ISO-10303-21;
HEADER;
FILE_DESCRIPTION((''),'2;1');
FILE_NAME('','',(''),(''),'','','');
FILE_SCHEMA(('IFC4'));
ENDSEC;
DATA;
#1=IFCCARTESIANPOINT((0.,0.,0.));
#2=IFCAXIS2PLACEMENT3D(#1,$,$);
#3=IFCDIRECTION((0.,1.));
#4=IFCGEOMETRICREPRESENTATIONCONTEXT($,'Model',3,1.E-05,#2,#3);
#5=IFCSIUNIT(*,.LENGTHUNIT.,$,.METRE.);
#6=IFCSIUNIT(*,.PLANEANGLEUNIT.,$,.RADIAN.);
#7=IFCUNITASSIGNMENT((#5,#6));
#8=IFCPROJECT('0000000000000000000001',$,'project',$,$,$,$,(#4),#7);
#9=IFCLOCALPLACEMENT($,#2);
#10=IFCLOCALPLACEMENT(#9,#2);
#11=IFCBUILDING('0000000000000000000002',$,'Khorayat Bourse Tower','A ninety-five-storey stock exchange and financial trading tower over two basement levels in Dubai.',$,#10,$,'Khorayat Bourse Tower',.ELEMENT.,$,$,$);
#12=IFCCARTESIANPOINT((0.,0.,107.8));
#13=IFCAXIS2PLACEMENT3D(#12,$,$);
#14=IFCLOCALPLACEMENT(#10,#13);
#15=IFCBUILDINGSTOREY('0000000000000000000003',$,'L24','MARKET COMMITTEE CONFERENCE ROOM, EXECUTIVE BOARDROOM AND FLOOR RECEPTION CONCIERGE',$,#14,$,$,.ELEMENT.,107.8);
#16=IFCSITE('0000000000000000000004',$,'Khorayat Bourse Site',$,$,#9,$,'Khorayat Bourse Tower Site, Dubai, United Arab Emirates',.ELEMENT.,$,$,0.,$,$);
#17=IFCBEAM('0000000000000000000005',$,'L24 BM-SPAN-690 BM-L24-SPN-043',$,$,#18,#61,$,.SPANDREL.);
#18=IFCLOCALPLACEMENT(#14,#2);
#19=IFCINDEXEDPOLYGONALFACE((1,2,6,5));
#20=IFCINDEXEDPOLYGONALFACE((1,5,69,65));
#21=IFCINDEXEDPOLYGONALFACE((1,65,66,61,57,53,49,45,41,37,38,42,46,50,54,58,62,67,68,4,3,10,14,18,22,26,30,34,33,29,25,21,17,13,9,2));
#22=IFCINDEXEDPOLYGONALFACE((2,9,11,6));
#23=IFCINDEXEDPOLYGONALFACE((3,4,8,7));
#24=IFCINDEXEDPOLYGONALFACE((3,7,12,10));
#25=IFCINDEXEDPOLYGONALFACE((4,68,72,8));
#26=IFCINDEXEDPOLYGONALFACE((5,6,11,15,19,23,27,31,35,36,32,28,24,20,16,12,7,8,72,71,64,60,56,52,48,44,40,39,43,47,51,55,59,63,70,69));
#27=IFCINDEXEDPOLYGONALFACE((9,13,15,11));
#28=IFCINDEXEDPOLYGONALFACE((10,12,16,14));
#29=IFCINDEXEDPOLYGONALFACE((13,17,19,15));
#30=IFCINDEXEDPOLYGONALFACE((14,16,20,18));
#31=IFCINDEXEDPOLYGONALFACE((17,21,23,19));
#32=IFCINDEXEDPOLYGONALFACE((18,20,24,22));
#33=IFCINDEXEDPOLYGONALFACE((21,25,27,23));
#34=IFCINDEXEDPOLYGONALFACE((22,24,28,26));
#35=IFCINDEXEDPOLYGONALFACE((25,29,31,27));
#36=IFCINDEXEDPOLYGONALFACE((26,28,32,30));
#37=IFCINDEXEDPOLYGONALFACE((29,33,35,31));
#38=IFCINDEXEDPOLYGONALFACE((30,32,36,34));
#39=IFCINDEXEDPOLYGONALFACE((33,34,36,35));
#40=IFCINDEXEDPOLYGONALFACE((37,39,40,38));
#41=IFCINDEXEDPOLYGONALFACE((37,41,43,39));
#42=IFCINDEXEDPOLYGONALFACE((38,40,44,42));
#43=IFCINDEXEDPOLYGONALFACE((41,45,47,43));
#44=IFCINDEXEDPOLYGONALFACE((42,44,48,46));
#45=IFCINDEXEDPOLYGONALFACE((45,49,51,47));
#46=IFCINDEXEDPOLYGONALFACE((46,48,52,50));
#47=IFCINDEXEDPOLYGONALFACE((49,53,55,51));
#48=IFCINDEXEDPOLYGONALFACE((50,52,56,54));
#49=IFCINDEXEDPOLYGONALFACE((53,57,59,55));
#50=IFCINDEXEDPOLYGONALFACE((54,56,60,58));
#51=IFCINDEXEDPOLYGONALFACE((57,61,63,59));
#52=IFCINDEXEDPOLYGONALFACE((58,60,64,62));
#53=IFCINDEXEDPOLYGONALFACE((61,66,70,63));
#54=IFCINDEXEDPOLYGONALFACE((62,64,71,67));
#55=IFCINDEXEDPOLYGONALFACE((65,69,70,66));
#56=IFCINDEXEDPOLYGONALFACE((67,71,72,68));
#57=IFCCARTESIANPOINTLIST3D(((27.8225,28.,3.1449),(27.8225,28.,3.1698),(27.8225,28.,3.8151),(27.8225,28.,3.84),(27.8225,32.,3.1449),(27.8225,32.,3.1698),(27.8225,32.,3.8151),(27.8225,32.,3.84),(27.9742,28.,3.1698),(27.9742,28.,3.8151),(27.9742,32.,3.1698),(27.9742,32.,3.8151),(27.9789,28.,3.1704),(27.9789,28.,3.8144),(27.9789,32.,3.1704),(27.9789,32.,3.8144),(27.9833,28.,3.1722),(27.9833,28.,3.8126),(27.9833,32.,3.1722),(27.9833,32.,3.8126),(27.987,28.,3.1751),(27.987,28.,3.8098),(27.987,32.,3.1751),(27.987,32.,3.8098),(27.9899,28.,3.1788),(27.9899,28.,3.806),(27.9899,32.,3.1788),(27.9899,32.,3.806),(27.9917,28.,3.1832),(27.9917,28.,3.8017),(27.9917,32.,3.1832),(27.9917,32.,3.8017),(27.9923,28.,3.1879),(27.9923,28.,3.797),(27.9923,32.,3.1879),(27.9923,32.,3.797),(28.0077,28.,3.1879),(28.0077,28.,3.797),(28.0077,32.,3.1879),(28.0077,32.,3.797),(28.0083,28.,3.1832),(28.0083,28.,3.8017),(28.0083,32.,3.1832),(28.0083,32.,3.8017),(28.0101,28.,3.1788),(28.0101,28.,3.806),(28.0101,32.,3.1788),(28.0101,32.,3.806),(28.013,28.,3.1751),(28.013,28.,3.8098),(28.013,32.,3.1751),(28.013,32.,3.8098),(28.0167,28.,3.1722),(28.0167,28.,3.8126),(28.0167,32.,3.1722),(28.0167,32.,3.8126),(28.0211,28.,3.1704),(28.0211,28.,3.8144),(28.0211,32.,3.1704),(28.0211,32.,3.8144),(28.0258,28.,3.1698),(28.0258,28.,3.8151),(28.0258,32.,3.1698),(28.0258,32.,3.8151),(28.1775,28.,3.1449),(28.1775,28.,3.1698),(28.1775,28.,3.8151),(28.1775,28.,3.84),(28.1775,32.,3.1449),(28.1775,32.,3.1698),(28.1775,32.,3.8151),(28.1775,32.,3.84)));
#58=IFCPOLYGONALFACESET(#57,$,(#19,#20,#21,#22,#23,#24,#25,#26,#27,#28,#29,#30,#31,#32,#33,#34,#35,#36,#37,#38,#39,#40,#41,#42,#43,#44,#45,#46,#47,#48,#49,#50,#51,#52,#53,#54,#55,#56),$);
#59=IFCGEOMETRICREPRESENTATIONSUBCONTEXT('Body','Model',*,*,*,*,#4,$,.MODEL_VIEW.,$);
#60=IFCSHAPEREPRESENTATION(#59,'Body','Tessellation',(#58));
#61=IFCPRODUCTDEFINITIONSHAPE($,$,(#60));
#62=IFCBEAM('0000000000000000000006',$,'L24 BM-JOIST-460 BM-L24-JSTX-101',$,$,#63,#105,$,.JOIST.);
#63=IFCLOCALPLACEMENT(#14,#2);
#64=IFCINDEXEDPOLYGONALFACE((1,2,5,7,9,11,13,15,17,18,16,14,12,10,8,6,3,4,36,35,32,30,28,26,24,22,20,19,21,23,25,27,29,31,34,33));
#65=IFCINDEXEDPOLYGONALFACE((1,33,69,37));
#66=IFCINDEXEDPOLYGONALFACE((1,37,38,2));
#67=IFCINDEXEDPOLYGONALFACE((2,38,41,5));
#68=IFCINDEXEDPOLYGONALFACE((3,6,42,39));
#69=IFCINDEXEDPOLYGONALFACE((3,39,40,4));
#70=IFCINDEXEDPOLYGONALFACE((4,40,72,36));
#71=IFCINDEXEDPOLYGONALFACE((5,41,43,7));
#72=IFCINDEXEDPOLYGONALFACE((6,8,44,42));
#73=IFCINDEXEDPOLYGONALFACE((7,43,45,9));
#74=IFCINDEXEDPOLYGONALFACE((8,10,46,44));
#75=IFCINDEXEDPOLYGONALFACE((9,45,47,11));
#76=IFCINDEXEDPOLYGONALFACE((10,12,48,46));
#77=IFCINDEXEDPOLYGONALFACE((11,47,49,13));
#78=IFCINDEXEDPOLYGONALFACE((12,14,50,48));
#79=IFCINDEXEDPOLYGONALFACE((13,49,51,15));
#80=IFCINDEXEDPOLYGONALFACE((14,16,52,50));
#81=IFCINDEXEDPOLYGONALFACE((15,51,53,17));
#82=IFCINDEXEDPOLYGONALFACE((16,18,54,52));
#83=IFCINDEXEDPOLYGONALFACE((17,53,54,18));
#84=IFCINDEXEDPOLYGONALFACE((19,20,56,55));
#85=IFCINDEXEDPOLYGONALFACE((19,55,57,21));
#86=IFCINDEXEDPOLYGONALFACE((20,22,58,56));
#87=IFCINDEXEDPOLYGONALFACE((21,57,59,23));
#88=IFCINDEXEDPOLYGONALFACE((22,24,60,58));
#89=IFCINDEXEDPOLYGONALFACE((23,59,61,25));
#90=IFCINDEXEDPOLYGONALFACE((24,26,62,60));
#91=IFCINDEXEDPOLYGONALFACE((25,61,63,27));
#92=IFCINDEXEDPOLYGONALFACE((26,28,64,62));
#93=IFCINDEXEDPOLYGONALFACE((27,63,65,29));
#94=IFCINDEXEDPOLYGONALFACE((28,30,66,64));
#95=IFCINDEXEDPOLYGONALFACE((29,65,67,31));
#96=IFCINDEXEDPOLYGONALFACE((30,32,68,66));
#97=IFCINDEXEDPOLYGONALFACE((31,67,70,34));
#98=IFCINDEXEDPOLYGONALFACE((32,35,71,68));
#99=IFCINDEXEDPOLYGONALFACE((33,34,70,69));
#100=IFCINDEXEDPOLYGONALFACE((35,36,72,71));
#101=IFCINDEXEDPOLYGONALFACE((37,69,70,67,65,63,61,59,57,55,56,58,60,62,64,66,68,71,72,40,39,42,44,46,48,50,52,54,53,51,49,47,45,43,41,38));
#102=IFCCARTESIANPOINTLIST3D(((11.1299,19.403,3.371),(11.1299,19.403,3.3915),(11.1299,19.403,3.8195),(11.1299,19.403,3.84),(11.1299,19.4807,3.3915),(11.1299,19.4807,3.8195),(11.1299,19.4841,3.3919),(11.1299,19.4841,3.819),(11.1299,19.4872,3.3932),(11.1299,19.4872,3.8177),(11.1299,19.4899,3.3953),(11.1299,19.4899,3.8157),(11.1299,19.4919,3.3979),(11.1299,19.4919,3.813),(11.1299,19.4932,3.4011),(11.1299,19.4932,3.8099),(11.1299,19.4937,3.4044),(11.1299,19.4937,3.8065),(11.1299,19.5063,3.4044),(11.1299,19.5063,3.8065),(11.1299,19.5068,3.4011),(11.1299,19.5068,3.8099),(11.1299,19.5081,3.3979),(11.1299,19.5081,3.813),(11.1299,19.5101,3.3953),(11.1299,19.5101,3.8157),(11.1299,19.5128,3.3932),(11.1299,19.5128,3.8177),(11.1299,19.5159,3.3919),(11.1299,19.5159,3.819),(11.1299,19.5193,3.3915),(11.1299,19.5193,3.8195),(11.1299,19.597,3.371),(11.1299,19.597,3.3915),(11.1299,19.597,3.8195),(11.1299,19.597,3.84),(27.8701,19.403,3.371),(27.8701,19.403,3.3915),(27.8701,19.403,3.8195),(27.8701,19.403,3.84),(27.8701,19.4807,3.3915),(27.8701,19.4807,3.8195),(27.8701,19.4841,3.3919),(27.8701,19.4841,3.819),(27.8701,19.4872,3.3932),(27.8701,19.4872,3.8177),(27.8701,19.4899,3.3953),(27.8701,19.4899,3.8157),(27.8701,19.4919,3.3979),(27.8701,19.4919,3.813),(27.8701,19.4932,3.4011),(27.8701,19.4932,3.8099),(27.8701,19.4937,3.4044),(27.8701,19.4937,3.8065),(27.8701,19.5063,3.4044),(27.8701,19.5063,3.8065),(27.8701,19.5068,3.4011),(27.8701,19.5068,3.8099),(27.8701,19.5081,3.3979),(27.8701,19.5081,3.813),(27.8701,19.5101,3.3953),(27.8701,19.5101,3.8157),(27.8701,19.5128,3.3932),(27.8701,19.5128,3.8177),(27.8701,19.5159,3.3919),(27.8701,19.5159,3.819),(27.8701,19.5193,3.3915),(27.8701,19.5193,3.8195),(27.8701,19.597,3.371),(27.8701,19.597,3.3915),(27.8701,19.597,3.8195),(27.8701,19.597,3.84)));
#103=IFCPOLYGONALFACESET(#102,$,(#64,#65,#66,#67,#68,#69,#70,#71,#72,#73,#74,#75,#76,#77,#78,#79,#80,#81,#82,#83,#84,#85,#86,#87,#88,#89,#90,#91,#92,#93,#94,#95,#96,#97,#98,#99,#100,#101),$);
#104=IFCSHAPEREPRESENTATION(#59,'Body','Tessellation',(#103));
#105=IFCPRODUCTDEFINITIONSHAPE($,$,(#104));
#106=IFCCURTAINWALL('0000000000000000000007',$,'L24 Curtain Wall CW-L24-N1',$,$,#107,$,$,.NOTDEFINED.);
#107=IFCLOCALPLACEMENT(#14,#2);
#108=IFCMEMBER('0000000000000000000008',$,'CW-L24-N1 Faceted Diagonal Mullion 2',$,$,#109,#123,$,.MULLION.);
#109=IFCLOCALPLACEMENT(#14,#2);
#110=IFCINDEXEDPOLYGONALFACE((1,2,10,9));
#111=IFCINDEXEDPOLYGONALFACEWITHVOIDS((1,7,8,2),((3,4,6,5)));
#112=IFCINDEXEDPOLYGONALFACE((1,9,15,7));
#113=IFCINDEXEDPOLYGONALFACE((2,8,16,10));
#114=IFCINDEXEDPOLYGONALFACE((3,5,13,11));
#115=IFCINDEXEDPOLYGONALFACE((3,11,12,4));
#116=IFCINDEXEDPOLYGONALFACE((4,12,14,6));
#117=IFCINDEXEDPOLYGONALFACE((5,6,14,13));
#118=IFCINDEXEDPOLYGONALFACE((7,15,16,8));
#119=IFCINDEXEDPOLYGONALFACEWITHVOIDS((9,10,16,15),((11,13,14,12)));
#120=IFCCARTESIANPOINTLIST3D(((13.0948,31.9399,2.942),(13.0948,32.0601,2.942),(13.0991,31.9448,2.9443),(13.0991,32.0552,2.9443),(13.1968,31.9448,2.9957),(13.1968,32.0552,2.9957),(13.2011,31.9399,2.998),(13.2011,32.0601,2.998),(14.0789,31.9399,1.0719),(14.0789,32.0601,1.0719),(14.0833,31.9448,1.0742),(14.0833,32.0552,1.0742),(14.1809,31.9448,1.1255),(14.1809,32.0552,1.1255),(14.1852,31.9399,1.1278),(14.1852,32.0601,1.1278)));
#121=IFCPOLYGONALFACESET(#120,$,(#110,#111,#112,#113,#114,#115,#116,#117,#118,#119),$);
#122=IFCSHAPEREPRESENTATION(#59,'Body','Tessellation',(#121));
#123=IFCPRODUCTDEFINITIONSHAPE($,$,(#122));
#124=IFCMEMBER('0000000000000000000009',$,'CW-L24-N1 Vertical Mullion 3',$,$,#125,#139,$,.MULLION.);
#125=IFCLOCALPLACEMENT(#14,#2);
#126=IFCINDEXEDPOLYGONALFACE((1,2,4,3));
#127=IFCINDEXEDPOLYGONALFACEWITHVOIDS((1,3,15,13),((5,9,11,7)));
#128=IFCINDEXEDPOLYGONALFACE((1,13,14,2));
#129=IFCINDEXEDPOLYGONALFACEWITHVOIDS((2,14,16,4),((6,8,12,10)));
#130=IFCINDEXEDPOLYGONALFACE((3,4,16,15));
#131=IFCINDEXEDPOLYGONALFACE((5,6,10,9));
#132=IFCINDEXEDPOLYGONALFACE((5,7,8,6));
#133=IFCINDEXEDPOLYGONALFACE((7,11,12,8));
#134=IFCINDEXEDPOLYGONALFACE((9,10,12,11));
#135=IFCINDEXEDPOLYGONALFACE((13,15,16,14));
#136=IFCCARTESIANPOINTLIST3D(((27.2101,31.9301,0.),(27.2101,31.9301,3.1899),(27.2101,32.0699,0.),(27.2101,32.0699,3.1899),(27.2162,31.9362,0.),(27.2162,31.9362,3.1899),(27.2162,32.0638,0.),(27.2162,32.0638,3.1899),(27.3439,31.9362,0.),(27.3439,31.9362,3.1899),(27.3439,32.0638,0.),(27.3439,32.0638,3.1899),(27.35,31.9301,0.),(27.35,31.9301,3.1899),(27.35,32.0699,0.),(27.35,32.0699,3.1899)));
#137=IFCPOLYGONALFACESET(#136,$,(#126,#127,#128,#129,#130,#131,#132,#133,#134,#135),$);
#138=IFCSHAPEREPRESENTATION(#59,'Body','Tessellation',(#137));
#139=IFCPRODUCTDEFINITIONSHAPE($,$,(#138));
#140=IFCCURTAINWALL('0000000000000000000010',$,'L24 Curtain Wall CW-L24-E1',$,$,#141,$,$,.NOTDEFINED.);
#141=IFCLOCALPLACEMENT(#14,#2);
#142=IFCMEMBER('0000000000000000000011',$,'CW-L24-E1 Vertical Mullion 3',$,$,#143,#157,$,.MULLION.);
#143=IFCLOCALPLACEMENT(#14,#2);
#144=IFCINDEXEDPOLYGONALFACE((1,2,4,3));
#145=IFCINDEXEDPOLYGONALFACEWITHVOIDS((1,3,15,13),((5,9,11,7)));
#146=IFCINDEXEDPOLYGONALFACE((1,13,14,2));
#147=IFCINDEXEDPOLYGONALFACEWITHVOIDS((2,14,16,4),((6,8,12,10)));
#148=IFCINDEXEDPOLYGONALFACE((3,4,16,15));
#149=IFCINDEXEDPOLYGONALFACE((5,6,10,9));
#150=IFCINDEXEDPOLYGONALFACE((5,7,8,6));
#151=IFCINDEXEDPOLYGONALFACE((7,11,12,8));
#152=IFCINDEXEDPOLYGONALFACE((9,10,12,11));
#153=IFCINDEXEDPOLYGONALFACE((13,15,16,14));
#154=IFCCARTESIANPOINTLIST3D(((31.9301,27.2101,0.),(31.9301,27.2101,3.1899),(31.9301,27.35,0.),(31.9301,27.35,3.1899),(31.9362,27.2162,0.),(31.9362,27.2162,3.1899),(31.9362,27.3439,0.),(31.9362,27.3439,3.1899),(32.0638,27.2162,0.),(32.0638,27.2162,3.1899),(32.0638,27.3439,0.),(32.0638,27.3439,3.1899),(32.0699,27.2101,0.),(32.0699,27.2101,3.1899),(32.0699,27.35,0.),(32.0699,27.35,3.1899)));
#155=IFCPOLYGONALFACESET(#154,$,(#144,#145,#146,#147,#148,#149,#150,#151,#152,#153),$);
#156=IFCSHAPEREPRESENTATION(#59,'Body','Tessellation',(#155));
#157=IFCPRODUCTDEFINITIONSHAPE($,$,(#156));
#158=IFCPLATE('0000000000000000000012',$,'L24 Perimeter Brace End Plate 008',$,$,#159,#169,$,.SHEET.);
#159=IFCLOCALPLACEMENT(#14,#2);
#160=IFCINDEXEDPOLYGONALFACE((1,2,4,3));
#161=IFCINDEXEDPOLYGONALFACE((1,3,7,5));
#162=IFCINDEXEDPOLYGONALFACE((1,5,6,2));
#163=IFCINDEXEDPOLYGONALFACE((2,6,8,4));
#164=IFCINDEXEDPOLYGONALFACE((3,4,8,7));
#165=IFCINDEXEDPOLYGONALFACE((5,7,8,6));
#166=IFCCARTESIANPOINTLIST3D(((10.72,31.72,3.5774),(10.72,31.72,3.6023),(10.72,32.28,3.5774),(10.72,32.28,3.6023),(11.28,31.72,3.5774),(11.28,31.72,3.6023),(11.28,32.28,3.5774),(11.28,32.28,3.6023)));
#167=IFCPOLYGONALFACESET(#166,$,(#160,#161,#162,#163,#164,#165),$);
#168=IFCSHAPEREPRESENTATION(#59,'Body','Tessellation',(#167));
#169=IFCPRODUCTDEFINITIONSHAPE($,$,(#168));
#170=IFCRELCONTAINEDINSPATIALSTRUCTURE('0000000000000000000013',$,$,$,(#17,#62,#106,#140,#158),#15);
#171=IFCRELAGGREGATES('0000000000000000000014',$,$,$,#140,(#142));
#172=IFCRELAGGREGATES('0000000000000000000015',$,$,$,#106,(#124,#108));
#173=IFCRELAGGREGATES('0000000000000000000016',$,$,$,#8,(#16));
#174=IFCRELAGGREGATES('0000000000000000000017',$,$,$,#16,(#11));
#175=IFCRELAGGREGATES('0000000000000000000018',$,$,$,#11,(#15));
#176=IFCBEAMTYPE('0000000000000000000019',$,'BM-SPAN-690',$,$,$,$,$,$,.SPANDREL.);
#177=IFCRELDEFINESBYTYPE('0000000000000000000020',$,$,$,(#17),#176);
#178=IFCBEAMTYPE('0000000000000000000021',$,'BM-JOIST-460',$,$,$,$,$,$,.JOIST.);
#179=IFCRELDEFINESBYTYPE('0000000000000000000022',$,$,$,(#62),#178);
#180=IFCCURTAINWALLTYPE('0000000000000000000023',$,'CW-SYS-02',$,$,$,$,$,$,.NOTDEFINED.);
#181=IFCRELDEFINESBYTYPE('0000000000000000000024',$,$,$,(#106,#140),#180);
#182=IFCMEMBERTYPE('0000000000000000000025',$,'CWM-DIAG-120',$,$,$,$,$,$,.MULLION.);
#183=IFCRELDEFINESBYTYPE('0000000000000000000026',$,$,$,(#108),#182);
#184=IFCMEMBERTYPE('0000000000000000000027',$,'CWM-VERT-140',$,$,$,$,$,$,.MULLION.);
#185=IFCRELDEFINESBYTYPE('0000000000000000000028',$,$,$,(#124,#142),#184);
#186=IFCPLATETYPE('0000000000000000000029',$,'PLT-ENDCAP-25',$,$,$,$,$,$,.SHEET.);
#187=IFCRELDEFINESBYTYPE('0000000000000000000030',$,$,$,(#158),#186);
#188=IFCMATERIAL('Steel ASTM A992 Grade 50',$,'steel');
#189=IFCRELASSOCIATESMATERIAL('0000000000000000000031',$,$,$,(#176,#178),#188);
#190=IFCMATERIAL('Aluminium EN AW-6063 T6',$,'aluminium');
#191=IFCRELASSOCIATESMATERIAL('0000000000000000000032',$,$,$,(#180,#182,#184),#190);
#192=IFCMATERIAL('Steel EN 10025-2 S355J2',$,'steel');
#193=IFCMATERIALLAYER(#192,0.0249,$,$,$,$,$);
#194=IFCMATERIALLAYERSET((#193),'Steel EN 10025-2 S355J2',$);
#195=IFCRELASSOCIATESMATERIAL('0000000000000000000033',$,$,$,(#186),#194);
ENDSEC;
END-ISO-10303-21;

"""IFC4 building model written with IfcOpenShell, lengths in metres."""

from ifc_helpers import new_model, si_unit, direction, frame, origin, origin_2d, place, context, subcontext, project, spatial, rectangle, hollow_rectangle, i_section, extrude, source, transform, mapped, material, layer, layer_set, material_profile, profile_set, type_object, element, aggregate, save


model = new_model("IFC4")

# Units and contexts
model_context = context("Model", 3, precision=1e-05, world=origin(), true_north=direction((0.0, 1.0)))
body_context = subcontext(model_context, "Body", "Model", "MODEL_VIEW")
ifc_project = project(units=[si_unit("LENGTHUNIT", "METRE"), si_unit("PLANEANGLEUNIT", "RADIAN")], contexts=[model_context])

# Site, building, storey
site_placement = place(None, origin())
site = spatial("IfcSite", under=ifc_project, at=site_placement, Name="Khorayat Bourse Site", LongName="Khorayat Bourse Tower Site, Dubai, United Arab Emirates", CompositionType="ELEMENT", RefElevation=0.0)
building_placement = place(site_placement, origin())
building = spatial("IfcBuilding", under=site, at=building_placement, Name="Khorayat Bourse Tower", Description="A ninety-five-storey stock exchange and financial trading tower over two basement levels in Dubai.", LongName="Khorayat Bourse Tower", CompositionType="ELEMENT")
storey_placement = place(building_placement, frame((0.0, 0.0, 107.8)))
storey = spatial("IfcBuildingStorey", under=building, at=storey_placement, Name="L24", Description="MARKET COMMITTEE CONFERENCE ROOM, EXECUTIVE BOARDROOM AND FLOOR RECEPTION CONCIERGE", CompositionType="ELEMENT", Elevation=107.8)

# Beams
ifc_material_1 = material(Name="Steel ASTM A992 Grade 50", Category="steel")
ifc_material_profile_1 = material_profile(ifc_material_1, i_section(OverallWidth=0.355, OverallDepth=0.6951, WebThickness=0.0154, FlangeThickness=0.0249, FilletRadius=0.0181, at=origin_2d()), Name="W690X217")
ifc_profile_set_1 = profile_set([ifc_material_profile_1], Name="Steel ASTM A992 Grade 50")
beam_type_1 = type_object("IfcBeamType", Name="BM-SPAN-690", PredefinedType="SPANDREL", material=ifc_profile_set_1)
shared_shape_1 = source(origin(), body_context, "Body", "SweptSolid", [
    extrude(i_section(OverallWidth=0.355, OverallDepth=0.6951, WebThickness=0.0154, FlangeThickness=0.0249, FilletRadius=0.0181, at=origin_2d()), origin(), (0.0, 0.0, 1.0), 4.0),
])
for number, where, z_axis, x_axis, name in (
    (1, (28.0, 28.0, 3.4924), (0.0, 1.0, 0.0), (-1.0, 0.0, 0.0), "L24 BM-SPAN-690 BM-L24-SPN-043"),
):
    element("IfcBeam", number, at=place(storey_placement, frame(where, z_axis=z_axis, x_axis=x_axis)), inside=storey, type_object=beam_type_1, Name=name, PredefinedType="SPANDREL", context=body_context, shape_type="MappedRepresentation", body=[
        mapped(shared_shape_1, transform((0.0, 0.0, 0.0), scale=1.0)),
    ])
ifc_material_profile_2 = material_profile(ifc_material_1, i_section(OverallWidth=0.1941, OverallDepth=0.469, WebThickness=0.0127, FlangeThickness=0.0205, FilletRadius=0.0129, at=origin_2d()), Name="W460X106")
ifc_profile_set_2 = profile_set([ifc_material_profile_2], Name="Steel ASTM A992 Grade 50")
beam_type_2 = type_object("IfcBeamType", Name="BM-JOIST-460", PredefinedType="JOIST", material=ifc_profile_set_2)
shared_shape_2 = source(origin(), body_context, "Body", "SweptSolid", [
    extrude(i_section(OverallWidth=0.1941, OverallDepth=0.469, WebThickness=0.0127, FlangeThickness=0.0205, FilletRadius=0.0129, at=origin_2d()), origin(), (0.0, 0.0, 1.0), 16.7402),
])
beam_1_placement = place(storey_placement, frame((11.1299, 19.5, 3.6055), z_axis=(1.0, 0.0, 0.0), x_axis=(0.0, 1.0, 0.0)))
element("IfcBeam", 2, at=beam_1_placement, inside=storey, type_object=beam_type_2, Name="L24 BM-JOIST-460 BM-L24-JSTX-101", PredefinedType="JOIST", context=body_context, shape_type="MappedRepresentation", body=[
    mapped(shared_shape_2, transform((0.0, 0.0, 0.0), scale=1.0)),
])

# Curtain wall, members
ifc_material_2 = material(Name="Aluminium EN AW-6063 T6", Category="aluminium")
curtain_wall_type = type_object("IfcCurtainWallType", Name="CW-SYS-02", PredefinedType="NOTDEFINED", material=ifc_material_2)
curtain_wall_1_placement = place(storey_placement, origin())
curtain_wall_1 = element("IfcCurtainWall", 3, at=curtain_wall_1_placement, inside=storey, type_object=curtain_wall_type, Name="L24 Curtain Wall CW-L24-N1", PredefinedType="NOTDEFINED")
ifc_material_profile_3 = material_profile(ifc_material_2, hollow_rectangle(XDim=0.1201, YDim=0.1201, WallThickness=0.0049, at=origin_2d()), Name="ALU 120x120x5")
ifc_profile_set_3 = profile_set([ifc_material_profile_3], Name="Aluminium EN AW-6063 T6")
member_type_1 = type_object("IfcMemberType", Name="CWM-DIAG-120", PredefinedType="MULLION", material=ifc_profile_set_3)
shared_shape_3 = source(origin(), body_context, "Body", "SweptSolid", [
    extrude(hollow_rectangle(XDim=0.1201, YDim=0.1201, WallThickness=0.0049, at=origin_2d()), origin(), (0.0, 0.0, 1.0), 2.1133),
])
member_1_placement = place(storey_placement, frame((14.1321, 32.0, 1.0999), z_axis=(-0.465694, 0.0, 0.884946), x_axis=(0.0, -1.0, 0.0)))
member_1 = element("IfcMember", 4, at=member_1_placement, type_object=member_type_1, Name="CW-L24-N1 Faceted Diagonal Mullion 2", PredefinedType="MULLION", context=body_context, shape_type="MappedRepresentation", body=[
    mapped(shared_shape_3, transform((0.0, 0.0, 0.0), scale=1.0)),
])
ifc_material_profile_4 = material_profile(ifc_material_2, hollow_rectangle(XDim=0.1399, YDim=0.1399, WallThickness=0.0061, at=origin_2d()), Name="ALU 140x140x6")
ifc_profile_set_4 = profile_set([ifc_material_profile_4], Name="Aluminium EN AW-6063 T6")
member_type_2 = type_object("IfcMemberType", Name="CWM-VERT-140", PredefinedType="MULLION", material=ifc_profile_set_4)
shared_shape_4 = source(origin(), body_context, "Body", "SweptSolid", [
    extrude(hollow_rectangle(XDim=0.1399, YDim=0.1399, WallThickness=0.0061, at=origin_2d()), origin(), (0.0, 0.0, 1.0), 3.1899),
])
member_2_placement = place(storey_placement, frame((27.28, 32.0, 0.0), z_axis=(0.0, 0.0, 1.0), x_axis=(0.0, 1.0, 0.0)))
member_2 = element("IfcMember", 5, at=member_2_placement, type_object=member_type_2, Name="CW-L24-N1 Vertical Mullion 3", PredefinedType="MULLION", context=body_context, shape_type="MappedRepresentation", body=[
    mapped(shared_shape_4, transform((0.0, 0.0, 0.0), scale=1.0)),
])

# Curtain wall, member
curtain_wall_2_placement = place(storey_placement, origin())
curtain_wall_2 = element("IfcCurtainWall", 6, at=curtain_wall_2_placement, inside=storey, type_object=curtain_wall_type, Name="L24 Curtain Wall CW-L24-E1", PredefinedType="NOTDEFINED")
member_3_placement = place(storey_placement, frame((32.0, 27.28, 0.0), z_axis=(0.0, 0.0, 1.0), x_axis=(-1.0, 0.0, 0.0)))
member_3 = element("IfcMember", 7, at=member_3_placement, type_object=member_type_2, Name="CW-L24-E1 Vertical Mullion 3", PredefinedType="MULLION", context=body_context, shape_type="MappedRepresentation", body=[
    mapped(shared_shape_4, transform((0.0, 0.0, 0.0), scale=1.0)),
])
aggregate(curtain_wall_2, [member_3])

# Plate
ifc_material_3 = material(Name="Steel EN 10025-2 S355J2", Category="steel")
ifc_layer_1 = layer(ifc_material_3, 0.0249)
ifc_layer_set_1 = layer_set([ifc_layer_1], Name="Steel EN 10025-2 S355J2")
plate_type_1 = type_object("IfcPlateType", Name="PLT-ENDCAP-25", PredefinedType="SHEET", material=ifc_layer_set_1)
shared_shape_5 = source(origin(), body_context, "Body", "SweptSolid", [
    extrude(rectangle(XDim=0.5601, YDim=0.5601, at=origin_2d()), origin(), (0.0, 0.0, 1.0), 0.0249),
])
plate_1_placement = place(storey_placement, frame((11.0, 32.0, 3.5774), z_axis=(0.0, 0.0, 1.0), x_axis=(1.0, 0.0, 0.0)))
element("IfcPlate", 8, at=plate_1_placement, inside=storey, type_object=plate_type_1, Name="L24 Perimeter Brace End Plate 008", PredefinedType="SHEET", context=body_context, shape_type="MappedRepresentation", body=[
    mapped(shared_shape_5, transform((0.0, 0.0, 0.0), scale=1.0)),
])
aggregate(curtain_wall_1, [member_2, member_1])

save(model, "model.ifc")
